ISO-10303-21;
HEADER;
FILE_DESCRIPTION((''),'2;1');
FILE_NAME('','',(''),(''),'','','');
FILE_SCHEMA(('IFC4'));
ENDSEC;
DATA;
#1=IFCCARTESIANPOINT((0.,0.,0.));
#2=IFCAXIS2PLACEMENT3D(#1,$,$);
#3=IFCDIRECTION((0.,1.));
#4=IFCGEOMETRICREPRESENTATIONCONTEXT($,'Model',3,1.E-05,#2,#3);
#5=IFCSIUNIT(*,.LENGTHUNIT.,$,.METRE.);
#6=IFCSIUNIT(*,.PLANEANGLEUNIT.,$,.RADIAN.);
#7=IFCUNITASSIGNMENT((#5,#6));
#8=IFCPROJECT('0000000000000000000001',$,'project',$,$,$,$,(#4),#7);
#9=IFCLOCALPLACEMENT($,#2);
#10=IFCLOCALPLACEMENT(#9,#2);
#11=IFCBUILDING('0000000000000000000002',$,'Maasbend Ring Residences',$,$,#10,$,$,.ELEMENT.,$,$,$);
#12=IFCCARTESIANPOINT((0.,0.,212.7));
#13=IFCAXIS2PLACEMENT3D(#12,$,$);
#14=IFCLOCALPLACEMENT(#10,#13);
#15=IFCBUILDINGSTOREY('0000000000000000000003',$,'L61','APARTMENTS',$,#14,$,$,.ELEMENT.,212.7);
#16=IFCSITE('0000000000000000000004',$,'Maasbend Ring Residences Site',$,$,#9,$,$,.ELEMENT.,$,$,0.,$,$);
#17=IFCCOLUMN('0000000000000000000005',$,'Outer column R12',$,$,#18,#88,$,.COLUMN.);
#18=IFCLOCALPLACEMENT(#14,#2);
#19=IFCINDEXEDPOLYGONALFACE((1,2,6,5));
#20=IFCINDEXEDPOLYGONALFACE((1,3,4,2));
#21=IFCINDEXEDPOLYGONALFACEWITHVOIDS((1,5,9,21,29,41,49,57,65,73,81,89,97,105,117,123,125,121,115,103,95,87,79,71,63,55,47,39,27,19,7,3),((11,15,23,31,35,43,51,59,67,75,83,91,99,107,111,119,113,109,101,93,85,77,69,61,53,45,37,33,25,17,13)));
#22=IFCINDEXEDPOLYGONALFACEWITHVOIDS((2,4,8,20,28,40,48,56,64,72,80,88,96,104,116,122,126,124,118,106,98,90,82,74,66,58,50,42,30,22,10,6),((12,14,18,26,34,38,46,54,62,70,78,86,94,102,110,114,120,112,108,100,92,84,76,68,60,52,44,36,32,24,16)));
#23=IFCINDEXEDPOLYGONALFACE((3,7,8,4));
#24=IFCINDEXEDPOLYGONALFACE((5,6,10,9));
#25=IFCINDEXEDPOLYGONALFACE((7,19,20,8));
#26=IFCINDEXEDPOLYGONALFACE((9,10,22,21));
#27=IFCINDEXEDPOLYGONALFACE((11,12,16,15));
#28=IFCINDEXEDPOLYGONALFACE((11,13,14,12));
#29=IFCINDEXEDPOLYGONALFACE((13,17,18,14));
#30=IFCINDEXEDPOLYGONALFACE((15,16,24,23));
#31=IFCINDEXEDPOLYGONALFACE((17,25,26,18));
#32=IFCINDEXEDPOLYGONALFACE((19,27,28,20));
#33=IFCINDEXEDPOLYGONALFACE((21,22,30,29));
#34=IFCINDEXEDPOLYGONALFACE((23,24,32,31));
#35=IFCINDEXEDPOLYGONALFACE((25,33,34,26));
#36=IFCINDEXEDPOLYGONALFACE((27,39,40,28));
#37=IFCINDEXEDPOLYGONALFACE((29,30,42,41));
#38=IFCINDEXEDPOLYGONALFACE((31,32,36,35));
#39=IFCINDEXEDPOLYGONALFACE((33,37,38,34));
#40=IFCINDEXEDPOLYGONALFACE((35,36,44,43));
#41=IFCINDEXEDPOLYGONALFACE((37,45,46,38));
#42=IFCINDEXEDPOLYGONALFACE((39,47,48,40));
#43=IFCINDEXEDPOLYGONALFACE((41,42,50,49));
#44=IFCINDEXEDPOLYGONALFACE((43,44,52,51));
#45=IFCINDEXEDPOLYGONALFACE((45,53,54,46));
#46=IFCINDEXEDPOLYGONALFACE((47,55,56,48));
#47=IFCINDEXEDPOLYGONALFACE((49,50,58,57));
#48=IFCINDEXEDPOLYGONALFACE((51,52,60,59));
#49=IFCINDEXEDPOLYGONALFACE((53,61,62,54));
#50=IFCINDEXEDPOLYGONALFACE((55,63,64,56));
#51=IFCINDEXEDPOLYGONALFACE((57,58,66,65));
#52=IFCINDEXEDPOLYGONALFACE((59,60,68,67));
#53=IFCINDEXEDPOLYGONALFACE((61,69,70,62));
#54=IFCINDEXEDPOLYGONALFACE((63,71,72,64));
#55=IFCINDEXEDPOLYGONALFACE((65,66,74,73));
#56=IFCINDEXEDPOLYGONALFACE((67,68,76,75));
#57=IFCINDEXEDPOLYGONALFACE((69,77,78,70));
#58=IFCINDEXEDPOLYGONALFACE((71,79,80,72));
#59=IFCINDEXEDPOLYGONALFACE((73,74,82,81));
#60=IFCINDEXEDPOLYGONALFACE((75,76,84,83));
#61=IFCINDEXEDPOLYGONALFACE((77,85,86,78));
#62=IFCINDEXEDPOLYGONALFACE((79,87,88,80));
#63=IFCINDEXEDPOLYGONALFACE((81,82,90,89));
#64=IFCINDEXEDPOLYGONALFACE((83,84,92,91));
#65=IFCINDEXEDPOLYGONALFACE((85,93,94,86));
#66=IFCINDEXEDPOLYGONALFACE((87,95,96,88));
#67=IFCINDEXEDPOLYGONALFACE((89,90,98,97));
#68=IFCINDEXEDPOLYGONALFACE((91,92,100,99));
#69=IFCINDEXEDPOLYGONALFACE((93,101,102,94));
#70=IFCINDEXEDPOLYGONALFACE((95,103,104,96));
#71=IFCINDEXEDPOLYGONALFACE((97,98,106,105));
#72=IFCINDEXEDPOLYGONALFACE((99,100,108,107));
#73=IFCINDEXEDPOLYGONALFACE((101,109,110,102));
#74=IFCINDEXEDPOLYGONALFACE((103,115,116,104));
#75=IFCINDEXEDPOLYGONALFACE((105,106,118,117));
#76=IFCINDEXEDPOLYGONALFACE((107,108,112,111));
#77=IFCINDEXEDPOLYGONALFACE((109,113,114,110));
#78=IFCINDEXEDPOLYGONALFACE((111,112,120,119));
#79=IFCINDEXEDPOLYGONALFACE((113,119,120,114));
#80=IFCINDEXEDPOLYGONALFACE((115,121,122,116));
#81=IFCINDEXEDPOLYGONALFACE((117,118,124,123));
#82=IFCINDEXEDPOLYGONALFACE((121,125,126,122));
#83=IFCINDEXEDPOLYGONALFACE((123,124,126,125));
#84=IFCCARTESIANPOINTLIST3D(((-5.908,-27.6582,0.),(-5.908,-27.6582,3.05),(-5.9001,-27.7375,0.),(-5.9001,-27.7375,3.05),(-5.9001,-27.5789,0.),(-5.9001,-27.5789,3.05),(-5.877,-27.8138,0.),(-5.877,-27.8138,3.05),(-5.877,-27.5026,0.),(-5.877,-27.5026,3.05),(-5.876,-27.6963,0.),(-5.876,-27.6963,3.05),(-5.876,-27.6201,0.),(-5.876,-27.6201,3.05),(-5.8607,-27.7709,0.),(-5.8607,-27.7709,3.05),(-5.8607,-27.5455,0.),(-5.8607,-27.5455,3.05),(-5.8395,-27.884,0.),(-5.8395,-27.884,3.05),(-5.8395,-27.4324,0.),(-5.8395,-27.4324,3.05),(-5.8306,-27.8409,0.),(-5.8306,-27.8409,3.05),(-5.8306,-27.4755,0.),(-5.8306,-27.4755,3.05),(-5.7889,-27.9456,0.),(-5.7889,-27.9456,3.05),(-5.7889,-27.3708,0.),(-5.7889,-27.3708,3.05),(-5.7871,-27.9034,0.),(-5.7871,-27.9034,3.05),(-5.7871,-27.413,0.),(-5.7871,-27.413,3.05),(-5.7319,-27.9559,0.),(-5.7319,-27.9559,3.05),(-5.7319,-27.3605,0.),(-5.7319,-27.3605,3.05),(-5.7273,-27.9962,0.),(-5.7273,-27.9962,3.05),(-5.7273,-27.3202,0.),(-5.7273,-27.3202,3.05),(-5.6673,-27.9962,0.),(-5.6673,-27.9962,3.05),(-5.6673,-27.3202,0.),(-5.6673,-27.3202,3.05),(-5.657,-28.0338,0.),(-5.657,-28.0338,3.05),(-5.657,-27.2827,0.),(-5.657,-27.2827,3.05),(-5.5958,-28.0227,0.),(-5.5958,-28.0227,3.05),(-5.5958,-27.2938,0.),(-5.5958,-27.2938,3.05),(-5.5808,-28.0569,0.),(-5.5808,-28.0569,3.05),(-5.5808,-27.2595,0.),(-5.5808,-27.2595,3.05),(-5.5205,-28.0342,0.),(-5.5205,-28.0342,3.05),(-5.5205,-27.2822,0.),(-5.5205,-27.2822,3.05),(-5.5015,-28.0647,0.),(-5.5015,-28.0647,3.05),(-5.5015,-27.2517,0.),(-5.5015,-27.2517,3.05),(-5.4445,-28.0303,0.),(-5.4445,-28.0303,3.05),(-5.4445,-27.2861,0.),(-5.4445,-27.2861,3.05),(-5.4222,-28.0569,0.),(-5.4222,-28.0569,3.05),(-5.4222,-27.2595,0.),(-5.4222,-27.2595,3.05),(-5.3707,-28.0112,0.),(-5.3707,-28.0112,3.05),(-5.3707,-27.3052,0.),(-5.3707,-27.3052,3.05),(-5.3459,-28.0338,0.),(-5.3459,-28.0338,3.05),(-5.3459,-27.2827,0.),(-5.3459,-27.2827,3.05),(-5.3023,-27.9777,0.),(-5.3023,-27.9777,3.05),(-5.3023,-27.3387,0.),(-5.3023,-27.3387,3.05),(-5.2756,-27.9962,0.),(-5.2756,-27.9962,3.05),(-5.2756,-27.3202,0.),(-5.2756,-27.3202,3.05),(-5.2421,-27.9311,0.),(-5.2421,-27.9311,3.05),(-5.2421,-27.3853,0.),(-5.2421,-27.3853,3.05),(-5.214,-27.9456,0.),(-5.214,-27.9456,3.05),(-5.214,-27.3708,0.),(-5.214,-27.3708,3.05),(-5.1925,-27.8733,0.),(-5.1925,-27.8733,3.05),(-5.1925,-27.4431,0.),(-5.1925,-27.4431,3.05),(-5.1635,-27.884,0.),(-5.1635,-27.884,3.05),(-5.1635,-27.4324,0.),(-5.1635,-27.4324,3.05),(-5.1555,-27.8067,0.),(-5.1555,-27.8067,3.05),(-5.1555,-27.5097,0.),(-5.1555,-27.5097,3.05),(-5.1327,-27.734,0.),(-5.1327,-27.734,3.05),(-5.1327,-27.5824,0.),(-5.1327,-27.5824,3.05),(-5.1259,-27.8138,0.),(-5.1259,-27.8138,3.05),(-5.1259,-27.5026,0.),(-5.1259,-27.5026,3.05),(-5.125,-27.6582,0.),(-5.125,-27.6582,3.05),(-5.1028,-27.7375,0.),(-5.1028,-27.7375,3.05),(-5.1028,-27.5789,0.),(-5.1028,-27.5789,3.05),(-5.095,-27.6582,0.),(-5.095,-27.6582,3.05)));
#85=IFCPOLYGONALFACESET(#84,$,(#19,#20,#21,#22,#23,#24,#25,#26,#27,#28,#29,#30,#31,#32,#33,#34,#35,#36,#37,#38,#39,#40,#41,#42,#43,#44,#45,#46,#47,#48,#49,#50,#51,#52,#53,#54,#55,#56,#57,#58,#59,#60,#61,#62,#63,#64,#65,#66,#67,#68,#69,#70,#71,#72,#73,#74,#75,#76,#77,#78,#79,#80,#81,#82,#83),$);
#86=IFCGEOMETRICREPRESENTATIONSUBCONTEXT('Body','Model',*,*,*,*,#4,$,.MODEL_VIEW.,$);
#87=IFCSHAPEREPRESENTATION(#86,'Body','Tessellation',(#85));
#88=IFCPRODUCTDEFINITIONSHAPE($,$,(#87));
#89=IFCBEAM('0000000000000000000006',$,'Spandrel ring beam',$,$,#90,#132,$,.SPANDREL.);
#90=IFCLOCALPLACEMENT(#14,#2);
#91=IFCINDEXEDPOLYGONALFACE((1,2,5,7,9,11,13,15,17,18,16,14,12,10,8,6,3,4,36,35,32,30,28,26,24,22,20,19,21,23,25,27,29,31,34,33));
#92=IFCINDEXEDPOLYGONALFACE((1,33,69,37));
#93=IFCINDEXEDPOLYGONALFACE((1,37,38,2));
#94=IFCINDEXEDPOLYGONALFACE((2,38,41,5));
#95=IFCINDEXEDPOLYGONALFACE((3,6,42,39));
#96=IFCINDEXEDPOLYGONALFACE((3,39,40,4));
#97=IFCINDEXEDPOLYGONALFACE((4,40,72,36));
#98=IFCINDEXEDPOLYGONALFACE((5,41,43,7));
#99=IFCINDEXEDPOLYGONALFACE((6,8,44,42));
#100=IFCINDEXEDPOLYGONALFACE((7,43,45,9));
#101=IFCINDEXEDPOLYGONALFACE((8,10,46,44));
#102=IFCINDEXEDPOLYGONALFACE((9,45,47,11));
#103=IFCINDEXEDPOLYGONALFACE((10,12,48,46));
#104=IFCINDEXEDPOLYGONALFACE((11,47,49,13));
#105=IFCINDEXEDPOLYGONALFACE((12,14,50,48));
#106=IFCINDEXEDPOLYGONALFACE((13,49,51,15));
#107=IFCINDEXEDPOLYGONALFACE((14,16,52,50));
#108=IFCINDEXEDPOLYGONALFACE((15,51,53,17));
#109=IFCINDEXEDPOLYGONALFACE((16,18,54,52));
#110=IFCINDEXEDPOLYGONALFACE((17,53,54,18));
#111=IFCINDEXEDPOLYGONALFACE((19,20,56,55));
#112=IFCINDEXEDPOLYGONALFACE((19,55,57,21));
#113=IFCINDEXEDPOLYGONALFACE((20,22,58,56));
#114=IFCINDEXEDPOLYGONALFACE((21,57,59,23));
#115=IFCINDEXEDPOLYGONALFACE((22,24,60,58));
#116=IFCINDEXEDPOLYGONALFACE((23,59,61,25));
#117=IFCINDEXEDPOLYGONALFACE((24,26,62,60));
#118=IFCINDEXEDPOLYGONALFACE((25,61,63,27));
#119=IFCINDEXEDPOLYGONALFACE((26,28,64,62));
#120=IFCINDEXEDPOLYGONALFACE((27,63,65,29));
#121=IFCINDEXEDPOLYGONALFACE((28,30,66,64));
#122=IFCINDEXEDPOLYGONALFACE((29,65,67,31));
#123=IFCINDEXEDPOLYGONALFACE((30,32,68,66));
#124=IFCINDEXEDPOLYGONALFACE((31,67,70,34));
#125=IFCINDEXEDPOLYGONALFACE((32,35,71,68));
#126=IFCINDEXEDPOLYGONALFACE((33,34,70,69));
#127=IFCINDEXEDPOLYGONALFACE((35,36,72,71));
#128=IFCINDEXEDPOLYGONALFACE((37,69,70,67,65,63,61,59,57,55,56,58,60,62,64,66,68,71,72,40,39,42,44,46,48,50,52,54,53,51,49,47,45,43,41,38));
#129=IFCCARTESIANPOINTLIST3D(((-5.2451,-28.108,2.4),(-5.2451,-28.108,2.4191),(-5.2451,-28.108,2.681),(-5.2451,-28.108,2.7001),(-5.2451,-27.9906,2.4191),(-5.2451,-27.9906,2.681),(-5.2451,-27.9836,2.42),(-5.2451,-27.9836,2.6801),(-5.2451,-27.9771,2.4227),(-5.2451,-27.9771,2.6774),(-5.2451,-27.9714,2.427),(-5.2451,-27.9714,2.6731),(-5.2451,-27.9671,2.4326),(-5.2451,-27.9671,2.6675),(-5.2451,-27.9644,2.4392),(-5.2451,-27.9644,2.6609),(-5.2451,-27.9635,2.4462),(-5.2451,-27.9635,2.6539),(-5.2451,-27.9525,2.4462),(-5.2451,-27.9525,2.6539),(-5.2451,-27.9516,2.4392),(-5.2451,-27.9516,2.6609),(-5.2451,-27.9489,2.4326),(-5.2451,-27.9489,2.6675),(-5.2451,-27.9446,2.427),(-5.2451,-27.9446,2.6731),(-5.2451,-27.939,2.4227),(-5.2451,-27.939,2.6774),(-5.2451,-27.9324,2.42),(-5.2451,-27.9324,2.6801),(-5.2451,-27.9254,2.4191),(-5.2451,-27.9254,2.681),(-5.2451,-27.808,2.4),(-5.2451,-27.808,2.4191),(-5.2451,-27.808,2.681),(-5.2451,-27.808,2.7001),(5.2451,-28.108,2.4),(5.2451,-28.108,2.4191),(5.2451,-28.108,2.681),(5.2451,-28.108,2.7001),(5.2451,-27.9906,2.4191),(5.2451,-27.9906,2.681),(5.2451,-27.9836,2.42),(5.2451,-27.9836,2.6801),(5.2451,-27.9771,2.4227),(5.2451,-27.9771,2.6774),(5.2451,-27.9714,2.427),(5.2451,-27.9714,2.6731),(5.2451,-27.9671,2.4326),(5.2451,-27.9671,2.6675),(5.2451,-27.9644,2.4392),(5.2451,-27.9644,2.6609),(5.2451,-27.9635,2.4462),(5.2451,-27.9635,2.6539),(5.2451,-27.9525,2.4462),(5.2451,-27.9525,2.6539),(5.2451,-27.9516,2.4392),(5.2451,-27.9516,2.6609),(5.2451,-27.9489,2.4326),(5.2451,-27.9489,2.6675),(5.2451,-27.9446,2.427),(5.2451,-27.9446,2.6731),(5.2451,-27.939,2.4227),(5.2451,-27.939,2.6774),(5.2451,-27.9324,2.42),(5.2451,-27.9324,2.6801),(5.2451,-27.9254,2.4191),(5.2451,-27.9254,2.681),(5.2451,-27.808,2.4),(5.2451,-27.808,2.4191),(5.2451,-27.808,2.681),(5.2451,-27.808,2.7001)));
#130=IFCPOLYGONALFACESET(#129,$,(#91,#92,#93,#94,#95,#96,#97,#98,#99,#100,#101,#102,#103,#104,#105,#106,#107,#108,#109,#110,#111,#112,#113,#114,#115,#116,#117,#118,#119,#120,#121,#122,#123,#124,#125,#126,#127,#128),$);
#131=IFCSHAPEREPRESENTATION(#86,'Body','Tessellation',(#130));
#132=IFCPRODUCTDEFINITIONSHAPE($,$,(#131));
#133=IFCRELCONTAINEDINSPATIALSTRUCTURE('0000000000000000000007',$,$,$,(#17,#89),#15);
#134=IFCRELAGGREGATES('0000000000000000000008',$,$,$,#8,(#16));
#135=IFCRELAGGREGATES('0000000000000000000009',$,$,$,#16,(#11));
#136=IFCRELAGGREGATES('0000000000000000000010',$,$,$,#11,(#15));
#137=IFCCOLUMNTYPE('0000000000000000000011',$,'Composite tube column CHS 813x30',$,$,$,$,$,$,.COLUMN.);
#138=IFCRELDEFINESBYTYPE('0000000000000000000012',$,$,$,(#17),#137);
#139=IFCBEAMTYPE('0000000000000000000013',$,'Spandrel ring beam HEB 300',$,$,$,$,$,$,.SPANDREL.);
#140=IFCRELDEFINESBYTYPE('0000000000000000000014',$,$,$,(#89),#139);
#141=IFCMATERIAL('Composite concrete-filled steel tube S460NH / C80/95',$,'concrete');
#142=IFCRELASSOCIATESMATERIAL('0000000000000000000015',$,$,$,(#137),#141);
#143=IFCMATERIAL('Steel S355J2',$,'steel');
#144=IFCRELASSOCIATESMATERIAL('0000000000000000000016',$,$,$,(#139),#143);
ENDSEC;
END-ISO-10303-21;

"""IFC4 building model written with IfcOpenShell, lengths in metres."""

from ifc_helpers import new_model, si_unit, direction, frame, origin, origin_2d, place, context, subcontext, project, spatial, hollow_circle, i_section, extrude, material, material_profile, profile_set, type_object, element, save


model = new_model("IFC4")

# Units and contexts
model_context = context("Model", 3, precision=1e-05, world=origin(), true_north=direction((0.0, 1.0)))
body_context = subcontext(model_context, "Body", "Model", "MODEL_VIEW")
ifc_project = project(units=[si_unit("LENGTHUNIT", "METRE"), si_unit("PLANEANGLEUNIT", "RADIAN")], contexts=[model_context])

# Site, building, storey
site_placement = place(None, origin())
site = spatial("IfcSite", under=ifc_project, at=site_placement, Name="Maasbend Ring Residences Site", CompositionType="ELEMENT", RefElevation=0.0)
building_placement = place(site_placement, origin())
building = spatial("IfcBuilding", under=site, at=building_placement, Name="Maasbend Ring Residences", CompositionType="ELEMENT")
storey_placement = place(building_placement, frame((0.0, 0.0, 212.7)))
storey = spatial("IfcBuildingStorey", under=building, at=storey_placement, Name="L61", Description="APARTMENTS", CompositionType="ELEMENT", Elevation=212.7)

# Column
ifc_material_1 = material(Name="Composite concrete-filled steel tube S460NH / C80/95", Category="concrete")
ifc_material_profile_1 = material_profile(ifc_material_1, hollow_circle(Radius=0.4065, WallThickness=0.03, at=origin_2d()), Name="Composite tube column CHS 813x30")
ifc_profile_set_1 = profile_set([ifc_material_profile_1], Name="Composite concrete-filled steel tube S460NH / C80/95")
column_type = type_object("IfcColumnType", Name="Composite tube column CHS 813x30", PredefinedType="COLUMN", material=ifc_profile_set_1)
column_placement = place(storey_placement, frame((-5.5015, -27.6582, 0.0), z_axis=(0.0, 0.0, 1.0), x_axis=(1.0, 0.0, 0.0)))
element("IfcColumn", 1, at=column_placement, inside=storey, type_object=column_type, Name="Outer column R12", PredefinedType="COLUMN", context=body_context, shape_type="SweptSolid", body=[
    extrude(hollow_circle(Radius=0.4065, WallThickness=0.03, at=origin_2d()), origin(), (0.0, 0.0, 1.0), 3.05),
])

# Beam
ifc_material_2 = material(Name="Steel S355J2", Category="steel")
ifc_material_profile_2 = material_profile(ifc_material_2, i_section(OverallWidth=0.3, OverallDepth=0.3, WebThickness=0.011, FlangeThickness=0.019, FilletRadius=0.0271, at=origin_2d()), Name="HEB 300")
ifc_profile_set_2 = profile_set([ifc_material_profile_2], Name="Steel S355J2")
beam_type = type_object("IfcBeamType", Name="Spandrel ring beam HEB 300", PredefinedType="SPANDREL", material=ifc_profile_set_2)
beam_placement = place(storey_placement, frame((-5.2451, -27.958, 2.55), z_axis=(1.0, 0.0, 0.0), x_axis=(0.0, 1.0, 0.0)))
element("IfcBeam", 2, at=beam_placement, inside=storey, type_object=beam_type, Name="Spandrel ring beam", PredefinedType="SPANDREL", context=body_context, shape_type="SweptSolid", body=[
    extrude(i_section(OverallWidth=0.3, OverallDepth=0.3, WebThickness=0.011, FlangeThickness=0.019, FilletRadius=0.0271, at=origin_2d()), origin(), (0.0, 0.0, 1.0), 10.4902),
])

save(model, "model.ifc")
